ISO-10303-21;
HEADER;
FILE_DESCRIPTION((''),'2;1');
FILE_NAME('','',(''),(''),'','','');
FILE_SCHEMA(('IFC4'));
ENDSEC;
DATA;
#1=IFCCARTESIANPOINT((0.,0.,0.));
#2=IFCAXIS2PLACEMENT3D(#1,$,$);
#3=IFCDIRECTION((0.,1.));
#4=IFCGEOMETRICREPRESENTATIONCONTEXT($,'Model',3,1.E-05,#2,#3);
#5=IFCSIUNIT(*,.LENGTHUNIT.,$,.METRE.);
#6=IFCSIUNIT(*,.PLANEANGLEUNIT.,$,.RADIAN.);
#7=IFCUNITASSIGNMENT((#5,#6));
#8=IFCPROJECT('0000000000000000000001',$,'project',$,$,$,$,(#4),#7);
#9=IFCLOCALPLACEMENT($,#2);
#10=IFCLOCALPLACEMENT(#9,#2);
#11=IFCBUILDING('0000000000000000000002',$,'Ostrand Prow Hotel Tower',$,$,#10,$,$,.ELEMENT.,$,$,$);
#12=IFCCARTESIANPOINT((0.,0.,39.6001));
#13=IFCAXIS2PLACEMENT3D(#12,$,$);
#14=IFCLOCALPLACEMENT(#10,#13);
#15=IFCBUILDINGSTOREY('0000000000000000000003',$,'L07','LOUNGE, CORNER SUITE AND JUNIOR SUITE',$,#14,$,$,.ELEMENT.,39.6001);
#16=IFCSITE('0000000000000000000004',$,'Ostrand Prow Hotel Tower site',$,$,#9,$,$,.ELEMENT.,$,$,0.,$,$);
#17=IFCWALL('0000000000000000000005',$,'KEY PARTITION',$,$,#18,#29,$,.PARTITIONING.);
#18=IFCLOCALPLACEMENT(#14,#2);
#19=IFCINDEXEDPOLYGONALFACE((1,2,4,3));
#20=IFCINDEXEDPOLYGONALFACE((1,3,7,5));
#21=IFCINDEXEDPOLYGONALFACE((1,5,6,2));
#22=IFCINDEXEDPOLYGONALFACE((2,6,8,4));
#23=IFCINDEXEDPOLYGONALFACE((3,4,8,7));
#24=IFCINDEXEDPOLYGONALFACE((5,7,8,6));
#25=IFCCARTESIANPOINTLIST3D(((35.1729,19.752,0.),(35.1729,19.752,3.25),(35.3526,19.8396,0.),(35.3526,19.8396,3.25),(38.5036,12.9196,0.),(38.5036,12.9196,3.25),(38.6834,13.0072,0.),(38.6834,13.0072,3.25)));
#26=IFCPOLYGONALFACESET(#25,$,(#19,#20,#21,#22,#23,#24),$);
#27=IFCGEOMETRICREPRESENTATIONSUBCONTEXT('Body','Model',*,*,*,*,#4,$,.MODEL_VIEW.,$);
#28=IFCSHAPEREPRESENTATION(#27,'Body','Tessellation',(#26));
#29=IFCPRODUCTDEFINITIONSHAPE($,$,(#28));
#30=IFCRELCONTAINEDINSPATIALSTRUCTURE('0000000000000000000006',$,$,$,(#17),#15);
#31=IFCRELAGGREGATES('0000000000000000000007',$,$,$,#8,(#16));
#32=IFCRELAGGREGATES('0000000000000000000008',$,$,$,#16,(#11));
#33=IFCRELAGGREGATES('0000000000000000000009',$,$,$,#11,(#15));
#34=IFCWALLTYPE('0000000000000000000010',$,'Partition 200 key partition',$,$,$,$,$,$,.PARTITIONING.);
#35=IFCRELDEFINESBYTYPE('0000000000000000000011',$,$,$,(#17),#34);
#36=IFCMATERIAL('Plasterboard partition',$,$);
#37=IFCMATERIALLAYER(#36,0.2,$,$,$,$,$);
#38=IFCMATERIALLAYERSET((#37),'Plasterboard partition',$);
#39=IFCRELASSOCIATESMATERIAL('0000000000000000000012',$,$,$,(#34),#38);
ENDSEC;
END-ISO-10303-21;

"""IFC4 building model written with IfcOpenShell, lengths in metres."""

from ifc_helpers import new_model, si_unit, direction, frame, frame_2d, origin, place, context, subcontext, project, spatial, rectangle, extrude, material, layer, layer_set, type_object, element, save


model = new_model("IFC4")

# Units and contexts
model_context = context("Model", 3, precision=1e-05, world=origin(), true_north=direction((0.0, 1.0)))
body_context = subcontext(model_context, "Body", "Model", "MODEL_VIEW")
ifc_project = project(units=[si_unit("LENGTHUNIT", "METRE"), si_unit("PLANEANGLEUNIT", "RADIAN")], contexts=[model_context])

# Site, building, storey
site_placement = place(None, origin())
site = spatial("IfcSite", under=ifc_project, at=site_placement, Name="Ostrand Prow Hotel Tower site", CompositionType="ELEMENT", RefElevation=0.0)
building_placement = place(site_placement, origin())
building = spatial("IfcBuilding", under=site, at=building_placement, Name="Ostrand Prow Hotel Tower", CompositionType="ELEMENT")
storey_placement = place(building_placement, frame((0.0, 0.0, 39.6001)))
storey = spatial("IfcBuildingStorey", under=building, at=storey_placement, Name="L07", Description="LOUNGE, CORNER SUITE AND JUNIOR SUITE", CompositionType="ELEMENT", Elevation=39.6001)

# Wall
ifc_material_1 = material(Name="Plasterboard partition")
ifc_layer_1 = layer(ifc_material_1, 0.2)
ifc_layer_set_1 = layer_set([ifc_layer_1], Name="Plasterboard partition")
wall_type_1 = type_object("IfcWallType", Name="Partition 200 key partition", PredefinedType="PARTITIONING", material=ifc_layer_set_1)
wall_1_placement = place(storey_placement, frame((38.5935, 12.9634, 0.0), z_axis=(0.0, 0.0, 1.0), x_axis=(-0.438198, 0.898879, 0.0)))
element("IfcWall", 1, at=wall_1_placement, inside=storey, type_object=wall_type_1, Name="KEY PARTITION", PredefinedType="PARTITIONING", context=body_context, shape_type="SweptSolid", body=[
    extrude(rectangle(XDim=7.6011, YDim=0.2, at=frame_2d((3.8005, 0.0))), origin(), (0.0, 0.0, 1.0), 3.25),
])

save(model, "model.ifc")
